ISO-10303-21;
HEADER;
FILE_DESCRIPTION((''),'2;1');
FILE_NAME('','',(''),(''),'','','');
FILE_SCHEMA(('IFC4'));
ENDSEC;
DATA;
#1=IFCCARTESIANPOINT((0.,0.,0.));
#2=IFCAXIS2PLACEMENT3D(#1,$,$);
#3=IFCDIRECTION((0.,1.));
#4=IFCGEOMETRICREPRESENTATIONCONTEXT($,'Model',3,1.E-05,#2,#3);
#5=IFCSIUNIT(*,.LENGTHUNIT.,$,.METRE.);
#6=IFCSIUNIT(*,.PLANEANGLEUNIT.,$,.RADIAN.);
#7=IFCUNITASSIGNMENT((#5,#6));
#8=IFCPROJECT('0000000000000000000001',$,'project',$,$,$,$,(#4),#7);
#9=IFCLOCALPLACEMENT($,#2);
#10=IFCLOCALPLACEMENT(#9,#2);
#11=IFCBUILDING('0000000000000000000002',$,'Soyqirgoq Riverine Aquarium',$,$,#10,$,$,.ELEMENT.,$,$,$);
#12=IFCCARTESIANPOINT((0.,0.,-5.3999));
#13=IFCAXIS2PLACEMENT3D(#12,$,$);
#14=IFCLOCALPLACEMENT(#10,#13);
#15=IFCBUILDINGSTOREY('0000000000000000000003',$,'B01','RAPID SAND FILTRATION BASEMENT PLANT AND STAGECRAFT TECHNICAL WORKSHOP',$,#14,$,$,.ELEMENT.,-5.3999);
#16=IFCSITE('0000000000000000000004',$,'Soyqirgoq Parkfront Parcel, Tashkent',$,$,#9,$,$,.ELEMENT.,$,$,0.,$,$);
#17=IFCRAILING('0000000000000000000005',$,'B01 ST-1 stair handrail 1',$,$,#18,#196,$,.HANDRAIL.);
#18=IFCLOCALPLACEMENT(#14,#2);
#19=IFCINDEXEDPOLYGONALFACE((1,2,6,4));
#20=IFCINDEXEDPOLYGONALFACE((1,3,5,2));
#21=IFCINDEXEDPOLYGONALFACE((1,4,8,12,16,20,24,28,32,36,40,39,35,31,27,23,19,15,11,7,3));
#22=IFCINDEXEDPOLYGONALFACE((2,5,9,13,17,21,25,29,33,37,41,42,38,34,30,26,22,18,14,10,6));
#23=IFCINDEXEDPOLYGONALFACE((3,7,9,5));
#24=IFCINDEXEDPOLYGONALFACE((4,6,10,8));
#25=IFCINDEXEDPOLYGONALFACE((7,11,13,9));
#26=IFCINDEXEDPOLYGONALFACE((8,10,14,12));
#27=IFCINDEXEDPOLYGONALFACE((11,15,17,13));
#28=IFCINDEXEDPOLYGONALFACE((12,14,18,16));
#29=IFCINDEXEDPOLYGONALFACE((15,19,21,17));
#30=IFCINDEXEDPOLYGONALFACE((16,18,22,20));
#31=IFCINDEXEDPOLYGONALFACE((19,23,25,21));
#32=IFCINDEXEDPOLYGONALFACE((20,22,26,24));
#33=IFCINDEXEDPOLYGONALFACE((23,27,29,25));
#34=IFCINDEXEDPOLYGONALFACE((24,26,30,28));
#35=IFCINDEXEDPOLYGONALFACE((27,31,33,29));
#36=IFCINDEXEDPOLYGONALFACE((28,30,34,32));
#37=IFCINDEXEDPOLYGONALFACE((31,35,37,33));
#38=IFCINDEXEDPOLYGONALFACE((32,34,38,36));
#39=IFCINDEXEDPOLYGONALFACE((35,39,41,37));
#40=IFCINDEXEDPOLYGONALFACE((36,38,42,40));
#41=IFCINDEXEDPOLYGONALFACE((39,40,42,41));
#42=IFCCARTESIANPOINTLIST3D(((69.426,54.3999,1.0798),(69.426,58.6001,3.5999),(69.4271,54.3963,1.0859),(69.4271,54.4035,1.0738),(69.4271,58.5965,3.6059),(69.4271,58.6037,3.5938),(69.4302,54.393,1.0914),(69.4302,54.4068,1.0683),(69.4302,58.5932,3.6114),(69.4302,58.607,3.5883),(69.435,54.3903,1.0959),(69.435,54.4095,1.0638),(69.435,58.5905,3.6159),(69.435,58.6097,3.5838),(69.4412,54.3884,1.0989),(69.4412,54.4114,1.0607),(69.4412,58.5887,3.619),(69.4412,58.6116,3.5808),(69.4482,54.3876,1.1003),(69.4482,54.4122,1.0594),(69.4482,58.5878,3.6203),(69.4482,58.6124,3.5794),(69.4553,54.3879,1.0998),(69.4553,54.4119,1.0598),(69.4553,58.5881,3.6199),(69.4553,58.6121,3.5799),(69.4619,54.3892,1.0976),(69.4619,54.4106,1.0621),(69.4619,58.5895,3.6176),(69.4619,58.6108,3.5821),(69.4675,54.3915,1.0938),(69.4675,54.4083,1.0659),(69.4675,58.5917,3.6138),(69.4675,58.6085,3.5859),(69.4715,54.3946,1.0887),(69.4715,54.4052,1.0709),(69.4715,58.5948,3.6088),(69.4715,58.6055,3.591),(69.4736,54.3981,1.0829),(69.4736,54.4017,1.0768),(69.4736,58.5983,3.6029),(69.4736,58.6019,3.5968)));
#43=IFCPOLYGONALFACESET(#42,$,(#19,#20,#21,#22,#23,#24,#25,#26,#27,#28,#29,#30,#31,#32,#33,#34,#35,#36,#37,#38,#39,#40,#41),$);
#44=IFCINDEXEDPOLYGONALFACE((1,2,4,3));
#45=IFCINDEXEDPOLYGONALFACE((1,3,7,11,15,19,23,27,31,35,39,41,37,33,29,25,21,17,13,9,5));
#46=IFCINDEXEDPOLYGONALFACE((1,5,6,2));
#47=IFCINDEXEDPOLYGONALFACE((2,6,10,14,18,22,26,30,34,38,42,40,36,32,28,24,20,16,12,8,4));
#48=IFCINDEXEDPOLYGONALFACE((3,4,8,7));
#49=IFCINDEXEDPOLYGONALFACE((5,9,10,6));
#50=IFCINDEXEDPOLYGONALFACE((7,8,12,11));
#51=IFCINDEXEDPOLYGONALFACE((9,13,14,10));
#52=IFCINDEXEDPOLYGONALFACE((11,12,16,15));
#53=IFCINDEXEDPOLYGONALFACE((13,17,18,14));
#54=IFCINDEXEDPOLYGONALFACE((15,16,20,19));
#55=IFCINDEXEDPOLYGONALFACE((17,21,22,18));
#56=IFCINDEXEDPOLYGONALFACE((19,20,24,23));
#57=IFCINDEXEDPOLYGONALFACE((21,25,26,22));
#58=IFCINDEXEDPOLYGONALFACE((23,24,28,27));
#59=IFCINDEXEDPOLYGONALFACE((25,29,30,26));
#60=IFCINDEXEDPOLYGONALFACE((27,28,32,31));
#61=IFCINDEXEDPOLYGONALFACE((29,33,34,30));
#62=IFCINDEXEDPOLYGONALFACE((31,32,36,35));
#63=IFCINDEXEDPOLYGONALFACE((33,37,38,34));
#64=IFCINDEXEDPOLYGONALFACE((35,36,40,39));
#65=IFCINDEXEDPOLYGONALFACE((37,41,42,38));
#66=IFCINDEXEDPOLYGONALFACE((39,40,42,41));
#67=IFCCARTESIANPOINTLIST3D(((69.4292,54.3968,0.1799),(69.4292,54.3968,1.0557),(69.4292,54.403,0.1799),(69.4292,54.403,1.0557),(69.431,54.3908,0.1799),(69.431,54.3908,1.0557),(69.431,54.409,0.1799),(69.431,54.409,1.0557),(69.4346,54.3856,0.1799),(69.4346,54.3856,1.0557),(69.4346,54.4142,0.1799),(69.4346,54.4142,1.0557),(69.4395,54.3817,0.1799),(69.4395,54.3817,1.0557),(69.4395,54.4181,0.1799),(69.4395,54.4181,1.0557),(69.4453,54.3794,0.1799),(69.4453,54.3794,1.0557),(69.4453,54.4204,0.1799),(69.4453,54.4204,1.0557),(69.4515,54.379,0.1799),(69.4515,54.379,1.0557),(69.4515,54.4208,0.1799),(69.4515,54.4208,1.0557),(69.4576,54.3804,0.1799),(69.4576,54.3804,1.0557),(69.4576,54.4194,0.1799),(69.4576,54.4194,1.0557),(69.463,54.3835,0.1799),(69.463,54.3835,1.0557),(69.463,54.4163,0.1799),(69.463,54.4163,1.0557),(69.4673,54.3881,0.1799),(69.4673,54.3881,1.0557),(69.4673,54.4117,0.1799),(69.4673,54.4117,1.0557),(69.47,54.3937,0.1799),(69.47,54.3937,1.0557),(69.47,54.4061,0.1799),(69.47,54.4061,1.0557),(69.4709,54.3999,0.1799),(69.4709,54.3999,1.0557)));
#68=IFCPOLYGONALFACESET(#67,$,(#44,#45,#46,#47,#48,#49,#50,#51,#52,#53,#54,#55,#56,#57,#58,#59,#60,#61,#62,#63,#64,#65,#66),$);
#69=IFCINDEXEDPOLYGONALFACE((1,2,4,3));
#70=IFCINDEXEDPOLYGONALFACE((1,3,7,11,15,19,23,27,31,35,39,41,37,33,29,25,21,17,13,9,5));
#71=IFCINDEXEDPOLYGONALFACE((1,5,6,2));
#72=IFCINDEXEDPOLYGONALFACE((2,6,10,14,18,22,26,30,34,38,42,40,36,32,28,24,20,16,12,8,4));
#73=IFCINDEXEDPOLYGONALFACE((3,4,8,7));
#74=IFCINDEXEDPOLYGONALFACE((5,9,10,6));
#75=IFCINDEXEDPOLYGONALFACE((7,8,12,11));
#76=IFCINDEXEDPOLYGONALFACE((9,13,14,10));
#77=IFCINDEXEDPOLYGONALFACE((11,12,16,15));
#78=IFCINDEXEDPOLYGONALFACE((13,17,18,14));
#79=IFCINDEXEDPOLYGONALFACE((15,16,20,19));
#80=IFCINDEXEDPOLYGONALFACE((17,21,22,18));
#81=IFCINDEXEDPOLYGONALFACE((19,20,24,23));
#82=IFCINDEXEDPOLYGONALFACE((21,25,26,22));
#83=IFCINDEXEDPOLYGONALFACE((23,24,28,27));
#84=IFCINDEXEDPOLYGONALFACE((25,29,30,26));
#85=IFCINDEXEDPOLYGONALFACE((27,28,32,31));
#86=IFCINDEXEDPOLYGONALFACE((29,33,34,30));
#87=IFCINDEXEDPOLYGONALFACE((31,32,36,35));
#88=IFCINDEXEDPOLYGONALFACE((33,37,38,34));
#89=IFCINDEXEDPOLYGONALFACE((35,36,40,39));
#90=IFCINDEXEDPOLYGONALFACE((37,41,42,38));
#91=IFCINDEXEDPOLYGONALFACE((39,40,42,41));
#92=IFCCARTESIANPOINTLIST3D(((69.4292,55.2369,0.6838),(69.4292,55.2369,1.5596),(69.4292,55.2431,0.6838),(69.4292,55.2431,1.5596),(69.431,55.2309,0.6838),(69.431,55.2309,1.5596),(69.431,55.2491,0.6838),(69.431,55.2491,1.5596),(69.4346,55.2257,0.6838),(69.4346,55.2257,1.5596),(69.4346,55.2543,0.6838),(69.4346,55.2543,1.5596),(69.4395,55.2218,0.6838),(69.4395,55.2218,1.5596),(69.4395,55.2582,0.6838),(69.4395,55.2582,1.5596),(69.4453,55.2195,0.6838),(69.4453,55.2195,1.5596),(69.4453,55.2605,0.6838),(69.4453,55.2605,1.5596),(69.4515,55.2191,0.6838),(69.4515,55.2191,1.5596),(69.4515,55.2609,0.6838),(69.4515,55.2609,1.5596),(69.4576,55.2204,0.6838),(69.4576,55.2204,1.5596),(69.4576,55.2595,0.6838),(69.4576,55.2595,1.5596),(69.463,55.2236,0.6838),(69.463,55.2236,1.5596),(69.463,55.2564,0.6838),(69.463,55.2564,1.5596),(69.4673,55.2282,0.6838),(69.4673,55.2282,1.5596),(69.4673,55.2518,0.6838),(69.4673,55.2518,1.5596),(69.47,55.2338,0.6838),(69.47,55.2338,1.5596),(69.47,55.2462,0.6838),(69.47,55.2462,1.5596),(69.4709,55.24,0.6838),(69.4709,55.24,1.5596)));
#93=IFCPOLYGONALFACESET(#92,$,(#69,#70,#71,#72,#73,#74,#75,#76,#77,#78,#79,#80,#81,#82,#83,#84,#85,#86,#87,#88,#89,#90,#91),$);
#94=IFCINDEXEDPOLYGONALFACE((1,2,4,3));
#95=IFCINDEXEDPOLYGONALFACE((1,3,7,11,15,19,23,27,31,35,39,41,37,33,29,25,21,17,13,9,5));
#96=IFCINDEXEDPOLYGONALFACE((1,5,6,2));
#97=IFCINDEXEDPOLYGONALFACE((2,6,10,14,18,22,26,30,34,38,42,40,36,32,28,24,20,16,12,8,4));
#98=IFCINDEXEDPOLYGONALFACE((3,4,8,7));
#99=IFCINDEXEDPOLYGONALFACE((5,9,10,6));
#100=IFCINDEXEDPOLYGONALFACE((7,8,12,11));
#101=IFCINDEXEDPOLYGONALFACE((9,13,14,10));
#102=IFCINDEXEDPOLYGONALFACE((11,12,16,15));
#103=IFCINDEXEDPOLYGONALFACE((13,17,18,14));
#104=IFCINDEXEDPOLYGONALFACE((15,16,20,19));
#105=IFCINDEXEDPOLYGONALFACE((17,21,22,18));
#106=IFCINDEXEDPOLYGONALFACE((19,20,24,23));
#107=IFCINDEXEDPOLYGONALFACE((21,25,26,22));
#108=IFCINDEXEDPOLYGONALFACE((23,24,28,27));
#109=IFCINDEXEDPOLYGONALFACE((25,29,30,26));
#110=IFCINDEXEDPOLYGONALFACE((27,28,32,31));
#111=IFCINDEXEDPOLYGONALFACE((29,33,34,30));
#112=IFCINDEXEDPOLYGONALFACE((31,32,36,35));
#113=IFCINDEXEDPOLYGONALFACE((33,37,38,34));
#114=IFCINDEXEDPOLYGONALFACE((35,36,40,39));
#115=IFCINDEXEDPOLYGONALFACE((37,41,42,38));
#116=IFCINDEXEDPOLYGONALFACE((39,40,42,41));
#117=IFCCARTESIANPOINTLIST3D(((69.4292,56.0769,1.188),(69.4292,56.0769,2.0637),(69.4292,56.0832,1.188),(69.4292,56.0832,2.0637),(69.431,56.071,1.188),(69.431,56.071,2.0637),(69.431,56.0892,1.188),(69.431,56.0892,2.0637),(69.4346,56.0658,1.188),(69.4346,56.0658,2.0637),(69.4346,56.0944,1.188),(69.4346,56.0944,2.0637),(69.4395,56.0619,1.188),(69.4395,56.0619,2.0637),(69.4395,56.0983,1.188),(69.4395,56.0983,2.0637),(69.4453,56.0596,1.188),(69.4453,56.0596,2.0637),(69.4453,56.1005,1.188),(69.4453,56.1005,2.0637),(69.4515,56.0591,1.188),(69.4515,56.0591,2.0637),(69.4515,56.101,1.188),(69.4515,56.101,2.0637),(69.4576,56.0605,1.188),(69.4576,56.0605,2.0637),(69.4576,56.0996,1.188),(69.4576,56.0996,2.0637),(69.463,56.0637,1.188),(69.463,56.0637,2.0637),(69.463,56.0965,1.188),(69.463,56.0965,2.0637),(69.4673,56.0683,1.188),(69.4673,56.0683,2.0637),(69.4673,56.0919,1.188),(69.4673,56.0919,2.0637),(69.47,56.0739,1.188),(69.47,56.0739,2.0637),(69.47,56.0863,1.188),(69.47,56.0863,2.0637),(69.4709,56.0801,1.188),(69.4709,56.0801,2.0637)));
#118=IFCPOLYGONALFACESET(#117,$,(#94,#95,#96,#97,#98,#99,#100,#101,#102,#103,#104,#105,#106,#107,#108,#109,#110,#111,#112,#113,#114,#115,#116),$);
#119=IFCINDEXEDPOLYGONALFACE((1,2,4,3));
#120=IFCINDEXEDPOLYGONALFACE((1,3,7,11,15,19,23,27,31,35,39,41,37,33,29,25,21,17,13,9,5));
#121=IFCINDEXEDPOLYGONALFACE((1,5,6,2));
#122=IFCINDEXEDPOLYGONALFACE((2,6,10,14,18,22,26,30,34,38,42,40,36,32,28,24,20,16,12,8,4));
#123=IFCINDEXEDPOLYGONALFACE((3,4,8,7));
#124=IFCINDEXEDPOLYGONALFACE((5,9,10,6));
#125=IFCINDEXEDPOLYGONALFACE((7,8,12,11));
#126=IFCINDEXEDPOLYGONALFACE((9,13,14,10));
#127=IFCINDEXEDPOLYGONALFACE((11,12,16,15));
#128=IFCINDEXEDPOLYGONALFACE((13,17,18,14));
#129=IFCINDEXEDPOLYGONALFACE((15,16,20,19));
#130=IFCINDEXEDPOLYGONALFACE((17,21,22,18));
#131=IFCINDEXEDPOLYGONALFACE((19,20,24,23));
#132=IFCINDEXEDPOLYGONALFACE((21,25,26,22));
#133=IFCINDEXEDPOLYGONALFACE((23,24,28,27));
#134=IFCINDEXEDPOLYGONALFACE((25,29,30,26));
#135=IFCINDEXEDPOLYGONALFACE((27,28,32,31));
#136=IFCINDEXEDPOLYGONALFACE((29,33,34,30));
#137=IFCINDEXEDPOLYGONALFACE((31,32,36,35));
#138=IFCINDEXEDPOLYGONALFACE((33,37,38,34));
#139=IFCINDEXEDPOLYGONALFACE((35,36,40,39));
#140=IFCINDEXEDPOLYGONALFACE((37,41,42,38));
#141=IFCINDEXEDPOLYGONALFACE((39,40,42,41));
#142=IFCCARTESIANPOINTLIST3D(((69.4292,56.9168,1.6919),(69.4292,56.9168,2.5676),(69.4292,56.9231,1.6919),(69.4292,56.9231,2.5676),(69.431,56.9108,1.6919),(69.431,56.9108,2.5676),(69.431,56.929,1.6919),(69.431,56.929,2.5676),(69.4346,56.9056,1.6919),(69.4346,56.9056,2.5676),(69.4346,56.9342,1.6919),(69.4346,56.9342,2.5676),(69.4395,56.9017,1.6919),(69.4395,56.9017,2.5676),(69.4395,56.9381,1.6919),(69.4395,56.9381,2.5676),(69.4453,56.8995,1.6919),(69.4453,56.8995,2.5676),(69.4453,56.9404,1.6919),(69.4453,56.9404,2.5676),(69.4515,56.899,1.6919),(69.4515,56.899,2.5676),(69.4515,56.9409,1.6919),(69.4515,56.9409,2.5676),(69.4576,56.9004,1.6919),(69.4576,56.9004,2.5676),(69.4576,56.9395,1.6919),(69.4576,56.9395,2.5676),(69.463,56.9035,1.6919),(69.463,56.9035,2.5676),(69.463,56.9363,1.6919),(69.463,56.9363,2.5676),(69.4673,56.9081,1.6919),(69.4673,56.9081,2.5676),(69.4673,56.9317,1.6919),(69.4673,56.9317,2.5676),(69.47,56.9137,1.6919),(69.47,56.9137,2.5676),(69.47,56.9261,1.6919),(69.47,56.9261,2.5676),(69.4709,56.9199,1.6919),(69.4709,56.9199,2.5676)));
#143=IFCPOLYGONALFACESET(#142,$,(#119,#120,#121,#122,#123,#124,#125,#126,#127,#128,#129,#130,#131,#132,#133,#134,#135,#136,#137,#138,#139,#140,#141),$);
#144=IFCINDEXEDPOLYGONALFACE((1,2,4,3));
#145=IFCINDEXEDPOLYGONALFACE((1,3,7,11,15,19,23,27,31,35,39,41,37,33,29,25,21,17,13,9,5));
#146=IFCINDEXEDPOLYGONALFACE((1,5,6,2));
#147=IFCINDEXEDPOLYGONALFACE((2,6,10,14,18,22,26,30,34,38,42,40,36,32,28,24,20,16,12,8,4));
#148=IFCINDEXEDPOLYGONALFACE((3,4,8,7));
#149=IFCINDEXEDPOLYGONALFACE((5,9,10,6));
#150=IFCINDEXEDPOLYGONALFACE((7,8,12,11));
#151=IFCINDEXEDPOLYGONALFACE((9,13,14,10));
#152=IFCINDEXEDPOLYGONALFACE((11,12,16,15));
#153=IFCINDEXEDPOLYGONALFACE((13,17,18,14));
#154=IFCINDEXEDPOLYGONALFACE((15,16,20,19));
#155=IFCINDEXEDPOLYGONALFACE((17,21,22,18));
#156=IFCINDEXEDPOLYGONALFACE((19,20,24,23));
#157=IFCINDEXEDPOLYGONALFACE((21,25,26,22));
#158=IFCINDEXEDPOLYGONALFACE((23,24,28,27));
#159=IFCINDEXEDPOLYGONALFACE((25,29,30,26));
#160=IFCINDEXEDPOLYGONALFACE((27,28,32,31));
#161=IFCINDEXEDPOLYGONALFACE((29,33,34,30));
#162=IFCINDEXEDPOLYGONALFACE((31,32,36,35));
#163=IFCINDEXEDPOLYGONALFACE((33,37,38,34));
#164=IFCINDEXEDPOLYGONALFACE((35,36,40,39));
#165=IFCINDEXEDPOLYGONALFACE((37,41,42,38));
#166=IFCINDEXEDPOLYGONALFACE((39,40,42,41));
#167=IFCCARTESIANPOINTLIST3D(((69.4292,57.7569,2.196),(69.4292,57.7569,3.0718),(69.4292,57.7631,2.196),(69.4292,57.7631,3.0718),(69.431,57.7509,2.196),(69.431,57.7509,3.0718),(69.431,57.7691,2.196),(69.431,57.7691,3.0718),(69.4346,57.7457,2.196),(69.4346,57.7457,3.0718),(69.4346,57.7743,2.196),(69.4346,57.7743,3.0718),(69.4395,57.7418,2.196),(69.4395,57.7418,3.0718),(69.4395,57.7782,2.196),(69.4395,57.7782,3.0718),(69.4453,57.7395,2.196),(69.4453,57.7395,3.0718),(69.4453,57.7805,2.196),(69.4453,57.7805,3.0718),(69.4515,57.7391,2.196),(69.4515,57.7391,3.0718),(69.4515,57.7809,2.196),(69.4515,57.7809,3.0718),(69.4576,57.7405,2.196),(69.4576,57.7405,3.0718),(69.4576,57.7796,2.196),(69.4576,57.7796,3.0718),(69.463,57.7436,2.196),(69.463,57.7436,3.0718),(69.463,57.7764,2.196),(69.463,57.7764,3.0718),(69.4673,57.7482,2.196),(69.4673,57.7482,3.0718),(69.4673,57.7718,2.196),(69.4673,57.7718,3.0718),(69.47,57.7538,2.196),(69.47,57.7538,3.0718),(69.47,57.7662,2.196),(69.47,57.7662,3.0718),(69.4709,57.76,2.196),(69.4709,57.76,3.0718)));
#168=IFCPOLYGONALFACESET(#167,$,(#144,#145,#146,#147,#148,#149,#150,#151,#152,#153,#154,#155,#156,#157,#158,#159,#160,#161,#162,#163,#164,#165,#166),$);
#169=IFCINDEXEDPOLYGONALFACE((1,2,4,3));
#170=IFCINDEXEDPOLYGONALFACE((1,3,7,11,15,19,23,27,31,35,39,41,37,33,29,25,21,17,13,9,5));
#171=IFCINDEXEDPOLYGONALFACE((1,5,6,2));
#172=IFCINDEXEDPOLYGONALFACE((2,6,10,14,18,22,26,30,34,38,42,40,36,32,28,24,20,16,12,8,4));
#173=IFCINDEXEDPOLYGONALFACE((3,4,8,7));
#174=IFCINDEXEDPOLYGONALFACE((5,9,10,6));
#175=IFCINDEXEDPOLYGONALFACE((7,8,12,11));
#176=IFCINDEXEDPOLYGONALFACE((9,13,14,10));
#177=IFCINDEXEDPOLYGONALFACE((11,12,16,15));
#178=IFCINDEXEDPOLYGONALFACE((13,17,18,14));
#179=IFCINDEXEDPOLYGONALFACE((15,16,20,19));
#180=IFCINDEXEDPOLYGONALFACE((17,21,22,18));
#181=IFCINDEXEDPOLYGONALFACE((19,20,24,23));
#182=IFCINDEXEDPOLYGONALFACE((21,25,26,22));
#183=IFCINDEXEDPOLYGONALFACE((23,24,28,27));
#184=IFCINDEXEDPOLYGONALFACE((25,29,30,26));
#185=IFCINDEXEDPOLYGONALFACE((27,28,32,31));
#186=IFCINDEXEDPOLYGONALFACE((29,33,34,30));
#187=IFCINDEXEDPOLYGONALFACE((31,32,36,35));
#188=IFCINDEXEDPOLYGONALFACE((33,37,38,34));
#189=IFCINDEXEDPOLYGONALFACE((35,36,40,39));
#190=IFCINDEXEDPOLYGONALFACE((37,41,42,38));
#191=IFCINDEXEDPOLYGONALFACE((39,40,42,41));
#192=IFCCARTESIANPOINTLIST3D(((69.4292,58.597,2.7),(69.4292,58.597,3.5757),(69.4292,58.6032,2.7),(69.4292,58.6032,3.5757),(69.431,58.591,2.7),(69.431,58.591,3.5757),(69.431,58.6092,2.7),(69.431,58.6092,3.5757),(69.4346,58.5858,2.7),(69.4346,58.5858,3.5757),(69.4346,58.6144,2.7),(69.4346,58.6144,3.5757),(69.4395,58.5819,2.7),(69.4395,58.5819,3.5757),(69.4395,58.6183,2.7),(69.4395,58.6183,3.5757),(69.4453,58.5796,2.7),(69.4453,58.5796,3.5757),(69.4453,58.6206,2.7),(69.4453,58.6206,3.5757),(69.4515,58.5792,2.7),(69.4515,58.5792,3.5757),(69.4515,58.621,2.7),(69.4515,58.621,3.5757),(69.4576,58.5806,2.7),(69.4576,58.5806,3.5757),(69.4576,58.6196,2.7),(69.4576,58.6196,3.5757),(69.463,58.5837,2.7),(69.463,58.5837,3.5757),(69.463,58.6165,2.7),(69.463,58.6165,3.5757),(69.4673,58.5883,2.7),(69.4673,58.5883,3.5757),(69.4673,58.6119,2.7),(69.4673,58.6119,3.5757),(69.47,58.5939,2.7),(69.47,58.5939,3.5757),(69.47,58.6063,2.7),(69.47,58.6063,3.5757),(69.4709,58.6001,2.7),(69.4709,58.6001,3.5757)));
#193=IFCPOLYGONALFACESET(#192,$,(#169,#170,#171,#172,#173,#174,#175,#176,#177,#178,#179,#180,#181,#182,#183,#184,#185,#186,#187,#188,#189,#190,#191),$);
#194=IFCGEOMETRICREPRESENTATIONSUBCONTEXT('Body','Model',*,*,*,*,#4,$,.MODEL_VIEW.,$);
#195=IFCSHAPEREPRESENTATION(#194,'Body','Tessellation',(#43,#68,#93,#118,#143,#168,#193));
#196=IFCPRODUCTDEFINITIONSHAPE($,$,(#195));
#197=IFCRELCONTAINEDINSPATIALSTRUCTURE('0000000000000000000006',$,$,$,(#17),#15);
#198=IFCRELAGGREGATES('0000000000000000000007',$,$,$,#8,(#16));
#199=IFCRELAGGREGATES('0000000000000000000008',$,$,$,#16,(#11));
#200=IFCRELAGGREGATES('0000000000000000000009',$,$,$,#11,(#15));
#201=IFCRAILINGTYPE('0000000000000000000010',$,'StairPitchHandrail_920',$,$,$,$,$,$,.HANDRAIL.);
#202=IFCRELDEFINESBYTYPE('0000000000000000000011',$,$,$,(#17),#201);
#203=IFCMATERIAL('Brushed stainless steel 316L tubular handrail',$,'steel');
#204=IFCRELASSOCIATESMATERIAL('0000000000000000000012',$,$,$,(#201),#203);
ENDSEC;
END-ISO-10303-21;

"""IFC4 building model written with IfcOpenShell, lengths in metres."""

from ifc_helpers import new_model, si_unit, direction, frame, origin, origin_2d, place, context, subcontext, project, spatial, circle, extrude, material, type_object, element, save


model = new_model("IFC4")

# Units and contexts
model_context = context("Model", 3, precision=1e-05, world=origin(), true_north=direction((0.0, 1.0)))
body_context = subcontext(model_context, "Body", "Model", "MODEL_VIEW")
ifc_project = project(units=[si_unit("LENGTHUNIT", "METRE"), si_unit("PLANEANGLEUNIT", "RADIAN")], contexts=[model_context])

# Site, building, storey
site_placement = place(None, origin())
site = spatial("IfcSite", under=ifc_project, at=site_placement, Name="Soyqirgoq Parkfront Parcel, Tashkent", CompositionType="ELEMENT", RefElevation=0.0)
building_placement = place(site_placement, origin())
building = spatial("IfcBuilding", under=site, at=building_placement, Name="Soyqirgoq Riverine Aquarium", CompositionType="ELEMENT")
storey_placement = place(building_placement, frame((0.0, 0.0, -5.3999)))
storey = spatial("IfcBuildingStorey", under=building, at=storey_placement, Name="B01", Description="RAPID SAND FILTRATION BASEMENT PLANT AND STAGECRAFT TECHNICAL WORKSHOP", CompositionType="ELEMENT", Elevation=-5.3999)

# Railing
ifc_material_1 = material(Name="Brushed stainless steel 316L tubular handrail", Category="steel")
railing_type_1 = type_object("IfcRailingType", Name="StairPitchHandrail_920", PredefinedType="HANDRAIL", material=ifc_material_1)
railing_1_placement = place(storey_placement, frame((69.45, 54.3999, 0.1799)))
element("IfcRailing", 1, at=railing_1_placement, inside=storey, type_object=railing_type_1, Name="B01 ST-1 stair handrail 1", PredefinedType="HANDRAIL", context=body_context, shape_type="SweptSolid", body=[
    extrude(circle(Radius=0.0239, at=origin_2d()), frame((0.0, 0.0, 0.8999), z_axis=(0.0, 0.857502, 0.514481), x_axis=(-1.0, 0.0, 0.0)), (0.0, 0.0, 1.0), 4.8982),
    extrude(circle(Radius=0.021, at=origin_2d()), origin(), (0.0, 0.0, 1.0), 0.8757),
    extrude(circle(Radius=0.021, at=origin_2d()), frame((0.0, 0.8401, 0.5039)), (0.0, 0.0, 1.0), 0.8757),
    extrude(circle(Radius=0.021, at=origin_2d()), frame((0.0, 1.6802, 1.0081)), (0.0, 0.0, 1.0), 0.8757),
    extrude(circle(Radius=0.021, at=origin_2d()), frame((0.0, 2.52, 1.512)), (0.0, 0.0, 1.0), 0.8757),
    extrude(circle(Radius=0.021, at=origin_2d()), frame((0.0, 3.3601, 2.0161)), (0.0, 0.0, 1.0), 0.8757),
    extrude(circle(Radius=0.021, at=origin_2d()), frame((0.0, 4.2002, 2.52)), (0.0, 0.0, 1.0), 0.8757),
])

save(model, "model.ifc")
